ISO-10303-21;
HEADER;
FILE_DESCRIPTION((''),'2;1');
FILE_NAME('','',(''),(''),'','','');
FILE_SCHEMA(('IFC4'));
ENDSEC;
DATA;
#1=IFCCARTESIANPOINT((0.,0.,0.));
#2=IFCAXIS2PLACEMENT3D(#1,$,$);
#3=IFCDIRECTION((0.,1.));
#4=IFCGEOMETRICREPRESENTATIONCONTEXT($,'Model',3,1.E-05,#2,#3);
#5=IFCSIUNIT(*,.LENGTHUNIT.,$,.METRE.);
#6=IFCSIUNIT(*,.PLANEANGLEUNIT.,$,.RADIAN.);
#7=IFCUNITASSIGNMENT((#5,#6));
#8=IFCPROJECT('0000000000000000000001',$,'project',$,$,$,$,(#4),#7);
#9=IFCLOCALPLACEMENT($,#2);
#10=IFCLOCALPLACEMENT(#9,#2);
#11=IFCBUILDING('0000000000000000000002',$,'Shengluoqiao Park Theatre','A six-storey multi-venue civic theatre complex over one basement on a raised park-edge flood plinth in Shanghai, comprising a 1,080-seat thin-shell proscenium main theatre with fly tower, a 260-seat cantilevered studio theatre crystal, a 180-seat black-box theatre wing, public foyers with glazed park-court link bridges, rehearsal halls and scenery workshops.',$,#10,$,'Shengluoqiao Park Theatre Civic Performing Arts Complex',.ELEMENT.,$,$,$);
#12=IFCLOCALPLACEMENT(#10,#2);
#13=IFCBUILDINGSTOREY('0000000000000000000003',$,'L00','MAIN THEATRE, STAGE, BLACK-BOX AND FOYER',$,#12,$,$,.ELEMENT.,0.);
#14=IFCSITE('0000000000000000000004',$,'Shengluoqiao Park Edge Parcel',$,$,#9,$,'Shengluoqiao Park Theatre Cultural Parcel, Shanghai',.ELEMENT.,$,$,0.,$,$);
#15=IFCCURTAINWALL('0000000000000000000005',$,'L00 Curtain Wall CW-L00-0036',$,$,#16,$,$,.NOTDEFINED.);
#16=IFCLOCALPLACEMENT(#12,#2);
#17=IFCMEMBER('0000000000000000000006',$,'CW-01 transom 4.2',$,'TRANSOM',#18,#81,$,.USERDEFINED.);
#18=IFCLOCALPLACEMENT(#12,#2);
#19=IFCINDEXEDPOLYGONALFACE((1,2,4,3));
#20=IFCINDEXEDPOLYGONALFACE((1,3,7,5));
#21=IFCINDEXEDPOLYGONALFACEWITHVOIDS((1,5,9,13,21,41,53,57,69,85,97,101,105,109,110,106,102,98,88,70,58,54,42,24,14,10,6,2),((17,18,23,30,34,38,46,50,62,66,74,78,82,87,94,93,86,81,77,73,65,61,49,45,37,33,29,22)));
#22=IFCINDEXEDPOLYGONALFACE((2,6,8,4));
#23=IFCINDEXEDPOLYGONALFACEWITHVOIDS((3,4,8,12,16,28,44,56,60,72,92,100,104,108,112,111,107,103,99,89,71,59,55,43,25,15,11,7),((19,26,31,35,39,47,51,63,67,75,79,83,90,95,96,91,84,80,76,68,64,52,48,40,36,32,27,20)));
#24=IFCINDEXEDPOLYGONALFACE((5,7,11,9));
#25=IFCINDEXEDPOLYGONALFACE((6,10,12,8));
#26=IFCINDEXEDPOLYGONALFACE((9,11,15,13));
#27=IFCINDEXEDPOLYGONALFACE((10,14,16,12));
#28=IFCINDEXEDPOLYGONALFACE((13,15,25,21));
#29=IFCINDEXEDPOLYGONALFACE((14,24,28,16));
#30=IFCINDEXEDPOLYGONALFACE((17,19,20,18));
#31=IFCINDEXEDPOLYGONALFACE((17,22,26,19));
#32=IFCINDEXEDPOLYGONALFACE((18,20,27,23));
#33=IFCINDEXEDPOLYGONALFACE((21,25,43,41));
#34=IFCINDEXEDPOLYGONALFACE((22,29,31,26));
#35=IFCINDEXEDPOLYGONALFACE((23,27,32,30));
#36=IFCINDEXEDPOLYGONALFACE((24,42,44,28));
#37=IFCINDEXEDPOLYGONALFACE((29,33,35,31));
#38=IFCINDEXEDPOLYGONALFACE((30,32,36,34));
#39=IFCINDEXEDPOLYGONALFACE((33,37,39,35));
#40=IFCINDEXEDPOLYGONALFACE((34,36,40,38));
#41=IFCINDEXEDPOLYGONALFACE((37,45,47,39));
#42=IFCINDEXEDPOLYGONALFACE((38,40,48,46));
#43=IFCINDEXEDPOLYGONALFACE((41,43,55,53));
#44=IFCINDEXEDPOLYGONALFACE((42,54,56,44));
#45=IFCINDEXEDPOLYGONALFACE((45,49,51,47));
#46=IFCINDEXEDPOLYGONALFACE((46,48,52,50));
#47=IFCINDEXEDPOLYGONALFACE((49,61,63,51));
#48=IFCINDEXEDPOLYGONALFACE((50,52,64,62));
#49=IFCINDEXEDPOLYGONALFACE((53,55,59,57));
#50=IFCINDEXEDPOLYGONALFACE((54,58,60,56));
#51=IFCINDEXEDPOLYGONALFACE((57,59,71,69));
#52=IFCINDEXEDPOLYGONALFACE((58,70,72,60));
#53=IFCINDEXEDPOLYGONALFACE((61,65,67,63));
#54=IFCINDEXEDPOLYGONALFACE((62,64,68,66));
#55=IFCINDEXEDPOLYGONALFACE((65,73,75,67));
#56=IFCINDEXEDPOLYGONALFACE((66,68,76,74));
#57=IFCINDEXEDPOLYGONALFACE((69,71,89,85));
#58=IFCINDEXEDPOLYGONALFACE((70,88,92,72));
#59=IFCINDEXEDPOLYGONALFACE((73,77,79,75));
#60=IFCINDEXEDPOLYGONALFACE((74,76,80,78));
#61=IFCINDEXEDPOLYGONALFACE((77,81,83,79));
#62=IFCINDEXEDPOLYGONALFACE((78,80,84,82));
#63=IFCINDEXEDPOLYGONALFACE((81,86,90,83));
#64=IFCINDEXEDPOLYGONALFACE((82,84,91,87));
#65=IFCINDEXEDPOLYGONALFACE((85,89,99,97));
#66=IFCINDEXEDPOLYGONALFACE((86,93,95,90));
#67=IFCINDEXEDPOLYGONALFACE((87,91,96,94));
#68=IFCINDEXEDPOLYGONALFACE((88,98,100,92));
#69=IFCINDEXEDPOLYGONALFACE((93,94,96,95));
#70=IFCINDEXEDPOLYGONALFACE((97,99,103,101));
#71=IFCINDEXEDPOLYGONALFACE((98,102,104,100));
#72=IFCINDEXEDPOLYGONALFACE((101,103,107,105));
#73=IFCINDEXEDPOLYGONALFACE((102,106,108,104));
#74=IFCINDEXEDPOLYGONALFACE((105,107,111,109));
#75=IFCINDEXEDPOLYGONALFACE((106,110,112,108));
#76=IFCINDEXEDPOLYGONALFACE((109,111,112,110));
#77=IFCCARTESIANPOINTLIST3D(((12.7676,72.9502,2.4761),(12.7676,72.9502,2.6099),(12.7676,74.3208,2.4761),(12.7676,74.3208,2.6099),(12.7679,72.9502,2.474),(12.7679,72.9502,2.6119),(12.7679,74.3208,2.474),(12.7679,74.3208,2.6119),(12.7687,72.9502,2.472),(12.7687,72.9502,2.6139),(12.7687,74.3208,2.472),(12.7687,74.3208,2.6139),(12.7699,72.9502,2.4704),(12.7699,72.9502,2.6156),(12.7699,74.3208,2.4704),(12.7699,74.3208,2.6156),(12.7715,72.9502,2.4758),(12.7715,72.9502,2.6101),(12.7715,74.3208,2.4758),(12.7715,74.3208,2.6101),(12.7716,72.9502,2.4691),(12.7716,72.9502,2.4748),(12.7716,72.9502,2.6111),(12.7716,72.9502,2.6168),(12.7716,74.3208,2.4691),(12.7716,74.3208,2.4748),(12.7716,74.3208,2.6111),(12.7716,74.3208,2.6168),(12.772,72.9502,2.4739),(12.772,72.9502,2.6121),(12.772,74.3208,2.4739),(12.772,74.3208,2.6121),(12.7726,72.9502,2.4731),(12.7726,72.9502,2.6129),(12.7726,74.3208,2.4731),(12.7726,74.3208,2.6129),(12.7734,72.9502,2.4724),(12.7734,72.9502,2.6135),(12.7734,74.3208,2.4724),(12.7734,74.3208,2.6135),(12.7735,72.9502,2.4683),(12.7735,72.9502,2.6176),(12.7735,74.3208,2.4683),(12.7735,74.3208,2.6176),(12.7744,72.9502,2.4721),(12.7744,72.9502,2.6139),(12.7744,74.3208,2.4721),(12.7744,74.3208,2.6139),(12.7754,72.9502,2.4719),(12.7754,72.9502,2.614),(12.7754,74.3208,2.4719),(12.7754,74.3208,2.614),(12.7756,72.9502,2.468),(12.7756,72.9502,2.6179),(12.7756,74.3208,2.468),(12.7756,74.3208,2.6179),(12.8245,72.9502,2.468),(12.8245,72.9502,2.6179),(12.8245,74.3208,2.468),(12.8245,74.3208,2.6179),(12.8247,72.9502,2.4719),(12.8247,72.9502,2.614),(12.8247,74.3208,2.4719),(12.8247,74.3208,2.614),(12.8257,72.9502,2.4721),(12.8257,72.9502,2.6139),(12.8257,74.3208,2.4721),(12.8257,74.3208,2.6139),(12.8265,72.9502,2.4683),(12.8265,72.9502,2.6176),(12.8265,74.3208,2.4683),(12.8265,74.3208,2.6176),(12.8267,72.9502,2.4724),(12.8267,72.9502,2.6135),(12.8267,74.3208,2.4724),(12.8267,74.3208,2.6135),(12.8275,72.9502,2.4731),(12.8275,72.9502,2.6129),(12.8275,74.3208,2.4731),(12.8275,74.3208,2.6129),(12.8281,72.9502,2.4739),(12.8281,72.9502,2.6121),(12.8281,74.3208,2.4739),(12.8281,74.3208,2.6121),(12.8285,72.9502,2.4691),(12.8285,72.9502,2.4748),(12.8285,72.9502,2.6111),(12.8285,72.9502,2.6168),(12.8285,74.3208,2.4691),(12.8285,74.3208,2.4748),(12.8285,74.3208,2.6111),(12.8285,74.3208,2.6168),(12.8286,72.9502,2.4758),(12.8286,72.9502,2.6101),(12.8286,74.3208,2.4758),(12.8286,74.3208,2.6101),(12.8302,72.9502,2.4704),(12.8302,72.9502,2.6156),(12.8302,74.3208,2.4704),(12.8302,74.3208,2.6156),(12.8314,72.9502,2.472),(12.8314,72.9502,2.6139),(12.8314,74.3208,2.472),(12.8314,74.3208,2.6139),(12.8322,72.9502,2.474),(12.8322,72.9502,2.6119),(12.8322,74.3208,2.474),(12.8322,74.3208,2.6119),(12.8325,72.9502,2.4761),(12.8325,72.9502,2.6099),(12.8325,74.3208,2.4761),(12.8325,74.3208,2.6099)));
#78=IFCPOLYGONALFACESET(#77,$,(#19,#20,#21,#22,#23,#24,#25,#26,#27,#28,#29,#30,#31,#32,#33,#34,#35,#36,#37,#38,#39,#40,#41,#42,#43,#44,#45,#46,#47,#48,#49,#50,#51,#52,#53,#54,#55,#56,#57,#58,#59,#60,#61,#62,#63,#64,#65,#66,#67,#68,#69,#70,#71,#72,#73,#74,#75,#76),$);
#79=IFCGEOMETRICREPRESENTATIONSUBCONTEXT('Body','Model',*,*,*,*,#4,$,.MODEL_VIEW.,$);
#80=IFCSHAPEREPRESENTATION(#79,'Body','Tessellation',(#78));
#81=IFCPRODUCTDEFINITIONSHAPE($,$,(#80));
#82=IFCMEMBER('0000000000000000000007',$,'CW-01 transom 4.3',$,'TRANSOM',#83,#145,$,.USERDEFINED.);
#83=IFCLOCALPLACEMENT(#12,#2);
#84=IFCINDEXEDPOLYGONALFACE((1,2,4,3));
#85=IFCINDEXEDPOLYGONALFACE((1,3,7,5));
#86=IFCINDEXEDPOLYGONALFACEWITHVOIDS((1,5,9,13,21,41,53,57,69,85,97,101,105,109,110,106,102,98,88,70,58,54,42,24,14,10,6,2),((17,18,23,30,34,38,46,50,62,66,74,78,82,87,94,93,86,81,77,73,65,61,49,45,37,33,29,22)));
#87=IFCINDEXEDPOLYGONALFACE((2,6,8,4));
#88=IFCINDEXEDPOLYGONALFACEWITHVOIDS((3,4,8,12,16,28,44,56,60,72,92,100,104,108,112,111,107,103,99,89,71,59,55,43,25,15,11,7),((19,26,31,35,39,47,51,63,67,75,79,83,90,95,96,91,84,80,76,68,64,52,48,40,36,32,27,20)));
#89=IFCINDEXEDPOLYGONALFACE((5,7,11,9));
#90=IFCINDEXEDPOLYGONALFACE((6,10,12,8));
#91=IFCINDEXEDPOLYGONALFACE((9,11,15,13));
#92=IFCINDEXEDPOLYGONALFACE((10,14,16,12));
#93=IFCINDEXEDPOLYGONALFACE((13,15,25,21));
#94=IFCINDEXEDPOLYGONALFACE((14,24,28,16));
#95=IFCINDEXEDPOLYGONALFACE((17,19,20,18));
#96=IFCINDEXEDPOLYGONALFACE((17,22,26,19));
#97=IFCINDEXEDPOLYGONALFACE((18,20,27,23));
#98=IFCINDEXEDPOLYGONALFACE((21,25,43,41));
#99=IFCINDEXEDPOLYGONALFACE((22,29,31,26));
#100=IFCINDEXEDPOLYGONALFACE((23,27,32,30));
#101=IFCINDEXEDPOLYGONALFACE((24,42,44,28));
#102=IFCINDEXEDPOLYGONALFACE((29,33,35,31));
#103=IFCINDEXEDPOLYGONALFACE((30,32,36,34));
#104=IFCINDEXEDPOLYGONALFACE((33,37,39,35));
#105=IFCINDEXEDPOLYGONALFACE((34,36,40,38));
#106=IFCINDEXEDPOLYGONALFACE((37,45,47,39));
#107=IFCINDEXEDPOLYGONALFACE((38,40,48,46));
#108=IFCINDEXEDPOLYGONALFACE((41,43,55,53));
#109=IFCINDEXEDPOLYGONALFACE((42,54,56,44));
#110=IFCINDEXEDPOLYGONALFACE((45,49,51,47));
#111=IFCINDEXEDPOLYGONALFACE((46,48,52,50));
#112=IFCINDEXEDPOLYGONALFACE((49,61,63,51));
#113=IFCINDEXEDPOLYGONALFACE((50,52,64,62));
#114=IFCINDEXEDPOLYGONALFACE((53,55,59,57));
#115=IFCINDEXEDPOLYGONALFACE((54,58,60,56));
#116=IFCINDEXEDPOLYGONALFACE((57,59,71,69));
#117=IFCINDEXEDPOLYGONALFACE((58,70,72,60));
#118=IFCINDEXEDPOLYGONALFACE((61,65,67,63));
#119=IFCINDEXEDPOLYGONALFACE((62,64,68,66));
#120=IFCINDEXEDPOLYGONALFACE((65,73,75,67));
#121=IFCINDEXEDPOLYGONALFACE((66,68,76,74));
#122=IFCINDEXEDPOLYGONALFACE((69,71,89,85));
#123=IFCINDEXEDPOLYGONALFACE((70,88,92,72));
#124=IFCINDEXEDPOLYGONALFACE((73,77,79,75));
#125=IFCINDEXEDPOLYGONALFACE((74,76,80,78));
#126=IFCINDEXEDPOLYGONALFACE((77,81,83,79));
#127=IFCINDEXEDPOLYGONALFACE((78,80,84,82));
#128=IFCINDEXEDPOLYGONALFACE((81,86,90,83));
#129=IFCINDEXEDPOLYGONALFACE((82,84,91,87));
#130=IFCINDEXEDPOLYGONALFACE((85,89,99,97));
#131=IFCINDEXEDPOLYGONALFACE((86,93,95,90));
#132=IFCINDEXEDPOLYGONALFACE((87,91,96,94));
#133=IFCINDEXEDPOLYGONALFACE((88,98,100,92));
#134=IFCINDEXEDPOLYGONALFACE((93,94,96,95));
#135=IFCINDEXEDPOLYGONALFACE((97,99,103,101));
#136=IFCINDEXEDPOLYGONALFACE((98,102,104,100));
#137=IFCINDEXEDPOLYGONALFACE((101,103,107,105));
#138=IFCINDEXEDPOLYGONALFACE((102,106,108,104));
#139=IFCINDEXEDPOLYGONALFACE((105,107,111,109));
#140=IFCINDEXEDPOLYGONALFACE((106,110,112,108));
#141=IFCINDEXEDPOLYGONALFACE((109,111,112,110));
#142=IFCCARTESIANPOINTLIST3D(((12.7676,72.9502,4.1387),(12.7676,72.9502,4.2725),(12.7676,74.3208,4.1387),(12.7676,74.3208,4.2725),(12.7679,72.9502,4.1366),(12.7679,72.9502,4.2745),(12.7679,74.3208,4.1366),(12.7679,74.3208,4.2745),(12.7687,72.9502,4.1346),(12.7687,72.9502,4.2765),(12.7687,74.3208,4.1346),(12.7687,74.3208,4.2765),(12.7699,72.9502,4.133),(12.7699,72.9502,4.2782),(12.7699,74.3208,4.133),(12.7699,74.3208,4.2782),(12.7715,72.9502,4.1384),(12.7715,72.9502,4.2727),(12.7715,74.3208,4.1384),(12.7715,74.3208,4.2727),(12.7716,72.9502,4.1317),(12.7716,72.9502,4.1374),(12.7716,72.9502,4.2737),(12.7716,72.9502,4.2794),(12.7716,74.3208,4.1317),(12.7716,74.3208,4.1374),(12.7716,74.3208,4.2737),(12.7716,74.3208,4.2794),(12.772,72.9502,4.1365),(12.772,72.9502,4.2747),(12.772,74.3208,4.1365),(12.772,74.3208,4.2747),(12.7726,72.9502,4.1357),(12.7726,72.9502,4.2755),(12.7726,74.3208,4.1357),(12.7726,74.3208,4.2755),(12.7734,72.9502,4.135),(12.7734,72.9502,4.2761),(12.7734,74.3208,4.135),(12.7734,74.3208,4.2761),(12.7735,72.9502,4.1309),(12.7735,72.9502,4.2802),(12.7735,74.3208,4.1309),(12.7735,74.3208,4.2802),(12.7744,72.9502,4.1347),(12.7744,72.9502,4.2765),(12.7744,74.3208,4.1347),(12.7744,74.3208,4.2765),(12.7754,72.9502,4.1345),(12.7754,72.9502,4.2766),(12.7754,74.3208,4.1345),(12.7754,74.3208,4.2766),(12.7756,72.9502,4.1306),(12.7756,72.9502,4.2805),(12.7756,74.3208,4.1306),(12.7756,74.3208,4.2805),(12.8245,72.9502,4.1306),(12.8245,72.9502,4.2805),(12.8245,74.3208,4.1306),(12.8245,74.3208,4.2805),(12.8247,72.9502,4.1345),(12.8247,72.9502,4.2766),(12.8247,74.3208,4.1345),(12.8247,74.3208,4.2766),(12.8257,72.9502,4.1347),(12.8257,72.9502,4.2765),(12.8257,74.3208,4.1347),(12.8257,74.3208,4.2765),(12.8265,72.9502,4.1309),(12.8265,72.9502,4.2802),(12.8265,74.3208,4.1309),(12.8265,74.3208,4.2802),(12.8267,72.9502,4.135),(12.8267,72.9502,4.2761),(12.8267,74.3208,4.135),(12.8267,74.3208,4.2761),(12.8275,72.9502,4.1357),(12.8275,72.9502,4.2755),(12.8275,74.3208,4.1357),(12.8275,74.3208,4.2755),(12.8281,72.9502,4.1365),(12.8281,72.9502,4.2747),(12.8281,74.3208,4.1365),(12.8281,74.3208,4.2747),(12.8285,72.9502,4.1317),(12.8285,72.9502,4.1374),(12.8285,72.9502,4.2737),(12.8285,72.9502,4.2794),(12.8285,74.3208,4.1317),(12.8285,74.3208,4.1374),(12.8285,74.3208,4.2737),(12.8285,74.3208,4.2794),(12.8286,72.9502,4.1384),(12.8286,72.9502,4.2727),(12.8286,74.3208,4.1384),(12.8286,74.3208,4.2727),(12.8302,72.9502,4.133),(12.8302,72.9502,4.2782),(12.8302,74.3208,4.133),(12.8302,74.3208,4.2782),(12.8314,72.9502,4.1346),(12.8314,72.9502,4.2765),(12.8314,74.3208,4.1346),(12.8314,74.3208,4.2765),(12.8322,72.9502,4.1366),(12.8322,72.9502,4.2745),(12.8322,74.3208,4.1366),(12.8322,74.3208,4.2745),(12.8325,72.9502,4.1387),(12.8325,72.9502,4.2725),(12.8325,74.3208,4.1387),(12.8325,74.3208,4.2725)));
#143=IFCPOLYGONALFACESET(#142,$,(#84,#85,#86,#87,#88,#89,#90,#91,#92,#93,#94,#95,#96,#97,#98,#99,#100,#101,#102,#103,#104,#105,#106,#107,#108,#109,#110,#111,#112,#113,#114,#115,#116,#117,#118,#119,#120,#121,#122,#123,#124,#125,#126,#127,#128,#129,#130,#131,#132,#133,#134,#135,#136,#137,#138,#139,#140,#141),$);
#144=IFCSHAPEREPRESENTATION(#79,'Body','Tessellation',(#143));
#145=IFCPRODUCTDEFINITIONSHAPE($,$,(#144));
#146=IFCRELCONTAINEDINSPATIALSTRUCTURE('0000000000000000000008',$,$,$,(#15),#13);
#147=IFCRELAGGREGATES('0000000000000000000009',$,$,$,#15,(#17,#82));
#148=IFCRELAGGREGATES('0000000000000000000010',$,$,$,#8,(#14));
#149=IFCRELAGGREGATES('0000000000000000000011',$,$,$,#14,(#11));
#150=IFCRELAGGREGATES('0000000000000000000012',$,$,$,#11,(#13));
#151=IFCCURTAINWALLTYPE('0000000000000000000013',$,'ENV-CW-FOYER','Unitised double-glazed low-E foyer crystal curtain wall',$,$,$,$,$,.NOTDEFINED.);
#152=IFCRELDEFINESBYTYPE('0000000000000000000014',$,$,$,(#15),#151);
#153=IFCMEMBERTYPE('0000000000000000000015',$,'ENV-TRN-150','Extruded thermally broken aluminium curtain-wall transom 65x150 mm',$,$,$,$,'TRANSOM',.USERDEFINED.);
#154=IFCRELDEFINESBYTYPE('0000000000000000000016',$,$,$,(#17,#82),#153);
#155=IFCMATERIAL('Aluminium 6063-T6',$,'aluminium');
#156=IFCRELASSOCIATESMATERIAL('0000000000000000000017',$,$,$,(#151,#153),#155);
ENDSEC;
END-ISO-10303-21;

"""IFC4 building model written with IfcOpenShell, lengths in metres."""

from ifc_helpers import new_model, si_unit, direction, frame, origin, origin_2d, place, context, subcontext, project, spatial, hollow_rectangle, extrude, material, material_profile, profile_set, type_object, element, aggregate, save


model = new_model("IFC4")

# Units and contexts
model_context = context("Model", 3, precision=1e-05, world=origin(), true_north=direction((0.0, 1.0)))
body_context = subcontext(model_context, "Body", "Model", "MODEL_VIEW")
ifc_project = project(units=[si_unit("LENGTHUNIT", "METRE"), si_unit("PLANEANGLEUNIT", "RADIAN")], contexts=[model_context])

# Site, building, storey
site_placement = place(None, origin())
site = spatial("IfcSite", under=ifc_project, at=site_placement, Name="Shengluoqiao Park Edge Parcel", LongName="Shengluoqiao Park Theatre Cultural Parcel, Shanghai", CompositionType="ELEMENT", RefElevation=0.0)
building_placement = place(site_placement, origin())
building = spatial("IfcBuilding", under=site, at=building_placement, Name="Shengluoqiao Park Theatre", Description="A six-storey multi-venue civic theatre complex over one basement on a raised park-edge flood plinth in Shanghai, comprising a 1,080-seat thin-shell proscenium main theatre with fly tower, a 260-seat cantilevered studio theatre crystal, a 180-seat black-box theatre wing, public foyers with glazed park-court link bridges, rehearsal halls and scenery workshops.", LongName="Shengluoqiao Park Theatre Civic Performing Arts Complex", CompositionType="ELEMENT")
storey_placement = place(building_placement, origin())
storey = spatial("IfcBuildingStorey", under=building, at=storey_placement, Name="L00", Description="MAIN THEATRE, STAGE, BLACK-BOX AND FOYER", CompositionType="ELEMENT", Elevation=0.0)

# Curtain wall
ifc_material_1 = material(Name="Aluminium 6063-T6", Category="aluminium")
curtain_wall_type = type_object("IfcCurtainWallType", Name="ENV-CW-FOYER", Description="Unitised double-glazed low-E foyer crystal curtain wall", PredefinedType="NOTDEFINED", material=ifc_material_1)
curtain_wall_1_placement = place(storey_placement, origin())
curtain_wall_1 = element("IfcCurtainWall", 1, at=curtain_wall_1_placement, inside=storey, type_object=curtain_wall_type, Name="L00 Curtain Wall CW-L00-0036", PredefinedType="NOTDEFINED")

# Members
ifc_material_profile_1 = material_profile(ifc_material_1, hollow_rectangle(XDim=0.0649, YDim=0.1499, WallThickness=0.0039, InnerFilletRadius=0.0039, OuterFilletRadius=0.0081, at=origin_2d()), Name="ALU TRANSOM 150x65x4")
ifc_profile_set_1 = profile_set([ifc_material_profile_1], Name="Aluminium 6063-T6")
member_type_1 = type_object("IfcMemberType", Name="ENV-TRN-150", Description="Extruded thermally broken aluminium curtain-wall transom 65x150 mm", ElementType="TRANSOM", PredefinedType="USERDEFINED", material=ifc_profile_set_1)
member_1_placement = place(storey_placement, frame((12.8, 72.9502, 2.543), z_axis=(0.0, 1.0, 0.0), x_axis=(-1.0, 0.0, 0.0)))
member_1 = element("IfcMember", 2, at=member_1_placement, type_object=member_type_1, Name="CW-01 transom 4.2", ObjectType="TRANSOM", PredefinedType="USERDEFINED", context=body_context, shape_type="SweptSolid", body=[
    extrude(hollow_rectangle(XDim=0.0649, YDim=0.1499, WallThickness=0.0039, InnerFilletRadius=0.0039, OuterFilletRadius=0.0081, at=origin_2d()), origin(), (0.0, 0.0, 1.0), 1.3706),
])
member_2_placement = place(storey_placement, frame((12.8, 72.9502, 4.2056), z_axis=(0.0, 1.0, 0.0), x_axis=(-1.0, 0.0, 0.0)))
member_2 = element("IfcMember", 3, at=member_2_placement, type_object=member_type_1, Name="CW-01 transom 4.3", ObjectType="TRANSOM", PredefinedType="USERDEFINED", context=body_context, shape_type="SweptSolid", body=[
    extrude(hollow_rectangle(XDim=0.0649, YDim=0.1499, WallThickness=0.0039, InnerFilletRadius=0.0039, OuterFilletRadius=0.0081, at=origin_2d()), origin(), (0.0, 0.0, 1.0), 1.3706),
])

aggregate(curtain_wall_1, [member_1, member_2])

save(model, "model.ifc")
